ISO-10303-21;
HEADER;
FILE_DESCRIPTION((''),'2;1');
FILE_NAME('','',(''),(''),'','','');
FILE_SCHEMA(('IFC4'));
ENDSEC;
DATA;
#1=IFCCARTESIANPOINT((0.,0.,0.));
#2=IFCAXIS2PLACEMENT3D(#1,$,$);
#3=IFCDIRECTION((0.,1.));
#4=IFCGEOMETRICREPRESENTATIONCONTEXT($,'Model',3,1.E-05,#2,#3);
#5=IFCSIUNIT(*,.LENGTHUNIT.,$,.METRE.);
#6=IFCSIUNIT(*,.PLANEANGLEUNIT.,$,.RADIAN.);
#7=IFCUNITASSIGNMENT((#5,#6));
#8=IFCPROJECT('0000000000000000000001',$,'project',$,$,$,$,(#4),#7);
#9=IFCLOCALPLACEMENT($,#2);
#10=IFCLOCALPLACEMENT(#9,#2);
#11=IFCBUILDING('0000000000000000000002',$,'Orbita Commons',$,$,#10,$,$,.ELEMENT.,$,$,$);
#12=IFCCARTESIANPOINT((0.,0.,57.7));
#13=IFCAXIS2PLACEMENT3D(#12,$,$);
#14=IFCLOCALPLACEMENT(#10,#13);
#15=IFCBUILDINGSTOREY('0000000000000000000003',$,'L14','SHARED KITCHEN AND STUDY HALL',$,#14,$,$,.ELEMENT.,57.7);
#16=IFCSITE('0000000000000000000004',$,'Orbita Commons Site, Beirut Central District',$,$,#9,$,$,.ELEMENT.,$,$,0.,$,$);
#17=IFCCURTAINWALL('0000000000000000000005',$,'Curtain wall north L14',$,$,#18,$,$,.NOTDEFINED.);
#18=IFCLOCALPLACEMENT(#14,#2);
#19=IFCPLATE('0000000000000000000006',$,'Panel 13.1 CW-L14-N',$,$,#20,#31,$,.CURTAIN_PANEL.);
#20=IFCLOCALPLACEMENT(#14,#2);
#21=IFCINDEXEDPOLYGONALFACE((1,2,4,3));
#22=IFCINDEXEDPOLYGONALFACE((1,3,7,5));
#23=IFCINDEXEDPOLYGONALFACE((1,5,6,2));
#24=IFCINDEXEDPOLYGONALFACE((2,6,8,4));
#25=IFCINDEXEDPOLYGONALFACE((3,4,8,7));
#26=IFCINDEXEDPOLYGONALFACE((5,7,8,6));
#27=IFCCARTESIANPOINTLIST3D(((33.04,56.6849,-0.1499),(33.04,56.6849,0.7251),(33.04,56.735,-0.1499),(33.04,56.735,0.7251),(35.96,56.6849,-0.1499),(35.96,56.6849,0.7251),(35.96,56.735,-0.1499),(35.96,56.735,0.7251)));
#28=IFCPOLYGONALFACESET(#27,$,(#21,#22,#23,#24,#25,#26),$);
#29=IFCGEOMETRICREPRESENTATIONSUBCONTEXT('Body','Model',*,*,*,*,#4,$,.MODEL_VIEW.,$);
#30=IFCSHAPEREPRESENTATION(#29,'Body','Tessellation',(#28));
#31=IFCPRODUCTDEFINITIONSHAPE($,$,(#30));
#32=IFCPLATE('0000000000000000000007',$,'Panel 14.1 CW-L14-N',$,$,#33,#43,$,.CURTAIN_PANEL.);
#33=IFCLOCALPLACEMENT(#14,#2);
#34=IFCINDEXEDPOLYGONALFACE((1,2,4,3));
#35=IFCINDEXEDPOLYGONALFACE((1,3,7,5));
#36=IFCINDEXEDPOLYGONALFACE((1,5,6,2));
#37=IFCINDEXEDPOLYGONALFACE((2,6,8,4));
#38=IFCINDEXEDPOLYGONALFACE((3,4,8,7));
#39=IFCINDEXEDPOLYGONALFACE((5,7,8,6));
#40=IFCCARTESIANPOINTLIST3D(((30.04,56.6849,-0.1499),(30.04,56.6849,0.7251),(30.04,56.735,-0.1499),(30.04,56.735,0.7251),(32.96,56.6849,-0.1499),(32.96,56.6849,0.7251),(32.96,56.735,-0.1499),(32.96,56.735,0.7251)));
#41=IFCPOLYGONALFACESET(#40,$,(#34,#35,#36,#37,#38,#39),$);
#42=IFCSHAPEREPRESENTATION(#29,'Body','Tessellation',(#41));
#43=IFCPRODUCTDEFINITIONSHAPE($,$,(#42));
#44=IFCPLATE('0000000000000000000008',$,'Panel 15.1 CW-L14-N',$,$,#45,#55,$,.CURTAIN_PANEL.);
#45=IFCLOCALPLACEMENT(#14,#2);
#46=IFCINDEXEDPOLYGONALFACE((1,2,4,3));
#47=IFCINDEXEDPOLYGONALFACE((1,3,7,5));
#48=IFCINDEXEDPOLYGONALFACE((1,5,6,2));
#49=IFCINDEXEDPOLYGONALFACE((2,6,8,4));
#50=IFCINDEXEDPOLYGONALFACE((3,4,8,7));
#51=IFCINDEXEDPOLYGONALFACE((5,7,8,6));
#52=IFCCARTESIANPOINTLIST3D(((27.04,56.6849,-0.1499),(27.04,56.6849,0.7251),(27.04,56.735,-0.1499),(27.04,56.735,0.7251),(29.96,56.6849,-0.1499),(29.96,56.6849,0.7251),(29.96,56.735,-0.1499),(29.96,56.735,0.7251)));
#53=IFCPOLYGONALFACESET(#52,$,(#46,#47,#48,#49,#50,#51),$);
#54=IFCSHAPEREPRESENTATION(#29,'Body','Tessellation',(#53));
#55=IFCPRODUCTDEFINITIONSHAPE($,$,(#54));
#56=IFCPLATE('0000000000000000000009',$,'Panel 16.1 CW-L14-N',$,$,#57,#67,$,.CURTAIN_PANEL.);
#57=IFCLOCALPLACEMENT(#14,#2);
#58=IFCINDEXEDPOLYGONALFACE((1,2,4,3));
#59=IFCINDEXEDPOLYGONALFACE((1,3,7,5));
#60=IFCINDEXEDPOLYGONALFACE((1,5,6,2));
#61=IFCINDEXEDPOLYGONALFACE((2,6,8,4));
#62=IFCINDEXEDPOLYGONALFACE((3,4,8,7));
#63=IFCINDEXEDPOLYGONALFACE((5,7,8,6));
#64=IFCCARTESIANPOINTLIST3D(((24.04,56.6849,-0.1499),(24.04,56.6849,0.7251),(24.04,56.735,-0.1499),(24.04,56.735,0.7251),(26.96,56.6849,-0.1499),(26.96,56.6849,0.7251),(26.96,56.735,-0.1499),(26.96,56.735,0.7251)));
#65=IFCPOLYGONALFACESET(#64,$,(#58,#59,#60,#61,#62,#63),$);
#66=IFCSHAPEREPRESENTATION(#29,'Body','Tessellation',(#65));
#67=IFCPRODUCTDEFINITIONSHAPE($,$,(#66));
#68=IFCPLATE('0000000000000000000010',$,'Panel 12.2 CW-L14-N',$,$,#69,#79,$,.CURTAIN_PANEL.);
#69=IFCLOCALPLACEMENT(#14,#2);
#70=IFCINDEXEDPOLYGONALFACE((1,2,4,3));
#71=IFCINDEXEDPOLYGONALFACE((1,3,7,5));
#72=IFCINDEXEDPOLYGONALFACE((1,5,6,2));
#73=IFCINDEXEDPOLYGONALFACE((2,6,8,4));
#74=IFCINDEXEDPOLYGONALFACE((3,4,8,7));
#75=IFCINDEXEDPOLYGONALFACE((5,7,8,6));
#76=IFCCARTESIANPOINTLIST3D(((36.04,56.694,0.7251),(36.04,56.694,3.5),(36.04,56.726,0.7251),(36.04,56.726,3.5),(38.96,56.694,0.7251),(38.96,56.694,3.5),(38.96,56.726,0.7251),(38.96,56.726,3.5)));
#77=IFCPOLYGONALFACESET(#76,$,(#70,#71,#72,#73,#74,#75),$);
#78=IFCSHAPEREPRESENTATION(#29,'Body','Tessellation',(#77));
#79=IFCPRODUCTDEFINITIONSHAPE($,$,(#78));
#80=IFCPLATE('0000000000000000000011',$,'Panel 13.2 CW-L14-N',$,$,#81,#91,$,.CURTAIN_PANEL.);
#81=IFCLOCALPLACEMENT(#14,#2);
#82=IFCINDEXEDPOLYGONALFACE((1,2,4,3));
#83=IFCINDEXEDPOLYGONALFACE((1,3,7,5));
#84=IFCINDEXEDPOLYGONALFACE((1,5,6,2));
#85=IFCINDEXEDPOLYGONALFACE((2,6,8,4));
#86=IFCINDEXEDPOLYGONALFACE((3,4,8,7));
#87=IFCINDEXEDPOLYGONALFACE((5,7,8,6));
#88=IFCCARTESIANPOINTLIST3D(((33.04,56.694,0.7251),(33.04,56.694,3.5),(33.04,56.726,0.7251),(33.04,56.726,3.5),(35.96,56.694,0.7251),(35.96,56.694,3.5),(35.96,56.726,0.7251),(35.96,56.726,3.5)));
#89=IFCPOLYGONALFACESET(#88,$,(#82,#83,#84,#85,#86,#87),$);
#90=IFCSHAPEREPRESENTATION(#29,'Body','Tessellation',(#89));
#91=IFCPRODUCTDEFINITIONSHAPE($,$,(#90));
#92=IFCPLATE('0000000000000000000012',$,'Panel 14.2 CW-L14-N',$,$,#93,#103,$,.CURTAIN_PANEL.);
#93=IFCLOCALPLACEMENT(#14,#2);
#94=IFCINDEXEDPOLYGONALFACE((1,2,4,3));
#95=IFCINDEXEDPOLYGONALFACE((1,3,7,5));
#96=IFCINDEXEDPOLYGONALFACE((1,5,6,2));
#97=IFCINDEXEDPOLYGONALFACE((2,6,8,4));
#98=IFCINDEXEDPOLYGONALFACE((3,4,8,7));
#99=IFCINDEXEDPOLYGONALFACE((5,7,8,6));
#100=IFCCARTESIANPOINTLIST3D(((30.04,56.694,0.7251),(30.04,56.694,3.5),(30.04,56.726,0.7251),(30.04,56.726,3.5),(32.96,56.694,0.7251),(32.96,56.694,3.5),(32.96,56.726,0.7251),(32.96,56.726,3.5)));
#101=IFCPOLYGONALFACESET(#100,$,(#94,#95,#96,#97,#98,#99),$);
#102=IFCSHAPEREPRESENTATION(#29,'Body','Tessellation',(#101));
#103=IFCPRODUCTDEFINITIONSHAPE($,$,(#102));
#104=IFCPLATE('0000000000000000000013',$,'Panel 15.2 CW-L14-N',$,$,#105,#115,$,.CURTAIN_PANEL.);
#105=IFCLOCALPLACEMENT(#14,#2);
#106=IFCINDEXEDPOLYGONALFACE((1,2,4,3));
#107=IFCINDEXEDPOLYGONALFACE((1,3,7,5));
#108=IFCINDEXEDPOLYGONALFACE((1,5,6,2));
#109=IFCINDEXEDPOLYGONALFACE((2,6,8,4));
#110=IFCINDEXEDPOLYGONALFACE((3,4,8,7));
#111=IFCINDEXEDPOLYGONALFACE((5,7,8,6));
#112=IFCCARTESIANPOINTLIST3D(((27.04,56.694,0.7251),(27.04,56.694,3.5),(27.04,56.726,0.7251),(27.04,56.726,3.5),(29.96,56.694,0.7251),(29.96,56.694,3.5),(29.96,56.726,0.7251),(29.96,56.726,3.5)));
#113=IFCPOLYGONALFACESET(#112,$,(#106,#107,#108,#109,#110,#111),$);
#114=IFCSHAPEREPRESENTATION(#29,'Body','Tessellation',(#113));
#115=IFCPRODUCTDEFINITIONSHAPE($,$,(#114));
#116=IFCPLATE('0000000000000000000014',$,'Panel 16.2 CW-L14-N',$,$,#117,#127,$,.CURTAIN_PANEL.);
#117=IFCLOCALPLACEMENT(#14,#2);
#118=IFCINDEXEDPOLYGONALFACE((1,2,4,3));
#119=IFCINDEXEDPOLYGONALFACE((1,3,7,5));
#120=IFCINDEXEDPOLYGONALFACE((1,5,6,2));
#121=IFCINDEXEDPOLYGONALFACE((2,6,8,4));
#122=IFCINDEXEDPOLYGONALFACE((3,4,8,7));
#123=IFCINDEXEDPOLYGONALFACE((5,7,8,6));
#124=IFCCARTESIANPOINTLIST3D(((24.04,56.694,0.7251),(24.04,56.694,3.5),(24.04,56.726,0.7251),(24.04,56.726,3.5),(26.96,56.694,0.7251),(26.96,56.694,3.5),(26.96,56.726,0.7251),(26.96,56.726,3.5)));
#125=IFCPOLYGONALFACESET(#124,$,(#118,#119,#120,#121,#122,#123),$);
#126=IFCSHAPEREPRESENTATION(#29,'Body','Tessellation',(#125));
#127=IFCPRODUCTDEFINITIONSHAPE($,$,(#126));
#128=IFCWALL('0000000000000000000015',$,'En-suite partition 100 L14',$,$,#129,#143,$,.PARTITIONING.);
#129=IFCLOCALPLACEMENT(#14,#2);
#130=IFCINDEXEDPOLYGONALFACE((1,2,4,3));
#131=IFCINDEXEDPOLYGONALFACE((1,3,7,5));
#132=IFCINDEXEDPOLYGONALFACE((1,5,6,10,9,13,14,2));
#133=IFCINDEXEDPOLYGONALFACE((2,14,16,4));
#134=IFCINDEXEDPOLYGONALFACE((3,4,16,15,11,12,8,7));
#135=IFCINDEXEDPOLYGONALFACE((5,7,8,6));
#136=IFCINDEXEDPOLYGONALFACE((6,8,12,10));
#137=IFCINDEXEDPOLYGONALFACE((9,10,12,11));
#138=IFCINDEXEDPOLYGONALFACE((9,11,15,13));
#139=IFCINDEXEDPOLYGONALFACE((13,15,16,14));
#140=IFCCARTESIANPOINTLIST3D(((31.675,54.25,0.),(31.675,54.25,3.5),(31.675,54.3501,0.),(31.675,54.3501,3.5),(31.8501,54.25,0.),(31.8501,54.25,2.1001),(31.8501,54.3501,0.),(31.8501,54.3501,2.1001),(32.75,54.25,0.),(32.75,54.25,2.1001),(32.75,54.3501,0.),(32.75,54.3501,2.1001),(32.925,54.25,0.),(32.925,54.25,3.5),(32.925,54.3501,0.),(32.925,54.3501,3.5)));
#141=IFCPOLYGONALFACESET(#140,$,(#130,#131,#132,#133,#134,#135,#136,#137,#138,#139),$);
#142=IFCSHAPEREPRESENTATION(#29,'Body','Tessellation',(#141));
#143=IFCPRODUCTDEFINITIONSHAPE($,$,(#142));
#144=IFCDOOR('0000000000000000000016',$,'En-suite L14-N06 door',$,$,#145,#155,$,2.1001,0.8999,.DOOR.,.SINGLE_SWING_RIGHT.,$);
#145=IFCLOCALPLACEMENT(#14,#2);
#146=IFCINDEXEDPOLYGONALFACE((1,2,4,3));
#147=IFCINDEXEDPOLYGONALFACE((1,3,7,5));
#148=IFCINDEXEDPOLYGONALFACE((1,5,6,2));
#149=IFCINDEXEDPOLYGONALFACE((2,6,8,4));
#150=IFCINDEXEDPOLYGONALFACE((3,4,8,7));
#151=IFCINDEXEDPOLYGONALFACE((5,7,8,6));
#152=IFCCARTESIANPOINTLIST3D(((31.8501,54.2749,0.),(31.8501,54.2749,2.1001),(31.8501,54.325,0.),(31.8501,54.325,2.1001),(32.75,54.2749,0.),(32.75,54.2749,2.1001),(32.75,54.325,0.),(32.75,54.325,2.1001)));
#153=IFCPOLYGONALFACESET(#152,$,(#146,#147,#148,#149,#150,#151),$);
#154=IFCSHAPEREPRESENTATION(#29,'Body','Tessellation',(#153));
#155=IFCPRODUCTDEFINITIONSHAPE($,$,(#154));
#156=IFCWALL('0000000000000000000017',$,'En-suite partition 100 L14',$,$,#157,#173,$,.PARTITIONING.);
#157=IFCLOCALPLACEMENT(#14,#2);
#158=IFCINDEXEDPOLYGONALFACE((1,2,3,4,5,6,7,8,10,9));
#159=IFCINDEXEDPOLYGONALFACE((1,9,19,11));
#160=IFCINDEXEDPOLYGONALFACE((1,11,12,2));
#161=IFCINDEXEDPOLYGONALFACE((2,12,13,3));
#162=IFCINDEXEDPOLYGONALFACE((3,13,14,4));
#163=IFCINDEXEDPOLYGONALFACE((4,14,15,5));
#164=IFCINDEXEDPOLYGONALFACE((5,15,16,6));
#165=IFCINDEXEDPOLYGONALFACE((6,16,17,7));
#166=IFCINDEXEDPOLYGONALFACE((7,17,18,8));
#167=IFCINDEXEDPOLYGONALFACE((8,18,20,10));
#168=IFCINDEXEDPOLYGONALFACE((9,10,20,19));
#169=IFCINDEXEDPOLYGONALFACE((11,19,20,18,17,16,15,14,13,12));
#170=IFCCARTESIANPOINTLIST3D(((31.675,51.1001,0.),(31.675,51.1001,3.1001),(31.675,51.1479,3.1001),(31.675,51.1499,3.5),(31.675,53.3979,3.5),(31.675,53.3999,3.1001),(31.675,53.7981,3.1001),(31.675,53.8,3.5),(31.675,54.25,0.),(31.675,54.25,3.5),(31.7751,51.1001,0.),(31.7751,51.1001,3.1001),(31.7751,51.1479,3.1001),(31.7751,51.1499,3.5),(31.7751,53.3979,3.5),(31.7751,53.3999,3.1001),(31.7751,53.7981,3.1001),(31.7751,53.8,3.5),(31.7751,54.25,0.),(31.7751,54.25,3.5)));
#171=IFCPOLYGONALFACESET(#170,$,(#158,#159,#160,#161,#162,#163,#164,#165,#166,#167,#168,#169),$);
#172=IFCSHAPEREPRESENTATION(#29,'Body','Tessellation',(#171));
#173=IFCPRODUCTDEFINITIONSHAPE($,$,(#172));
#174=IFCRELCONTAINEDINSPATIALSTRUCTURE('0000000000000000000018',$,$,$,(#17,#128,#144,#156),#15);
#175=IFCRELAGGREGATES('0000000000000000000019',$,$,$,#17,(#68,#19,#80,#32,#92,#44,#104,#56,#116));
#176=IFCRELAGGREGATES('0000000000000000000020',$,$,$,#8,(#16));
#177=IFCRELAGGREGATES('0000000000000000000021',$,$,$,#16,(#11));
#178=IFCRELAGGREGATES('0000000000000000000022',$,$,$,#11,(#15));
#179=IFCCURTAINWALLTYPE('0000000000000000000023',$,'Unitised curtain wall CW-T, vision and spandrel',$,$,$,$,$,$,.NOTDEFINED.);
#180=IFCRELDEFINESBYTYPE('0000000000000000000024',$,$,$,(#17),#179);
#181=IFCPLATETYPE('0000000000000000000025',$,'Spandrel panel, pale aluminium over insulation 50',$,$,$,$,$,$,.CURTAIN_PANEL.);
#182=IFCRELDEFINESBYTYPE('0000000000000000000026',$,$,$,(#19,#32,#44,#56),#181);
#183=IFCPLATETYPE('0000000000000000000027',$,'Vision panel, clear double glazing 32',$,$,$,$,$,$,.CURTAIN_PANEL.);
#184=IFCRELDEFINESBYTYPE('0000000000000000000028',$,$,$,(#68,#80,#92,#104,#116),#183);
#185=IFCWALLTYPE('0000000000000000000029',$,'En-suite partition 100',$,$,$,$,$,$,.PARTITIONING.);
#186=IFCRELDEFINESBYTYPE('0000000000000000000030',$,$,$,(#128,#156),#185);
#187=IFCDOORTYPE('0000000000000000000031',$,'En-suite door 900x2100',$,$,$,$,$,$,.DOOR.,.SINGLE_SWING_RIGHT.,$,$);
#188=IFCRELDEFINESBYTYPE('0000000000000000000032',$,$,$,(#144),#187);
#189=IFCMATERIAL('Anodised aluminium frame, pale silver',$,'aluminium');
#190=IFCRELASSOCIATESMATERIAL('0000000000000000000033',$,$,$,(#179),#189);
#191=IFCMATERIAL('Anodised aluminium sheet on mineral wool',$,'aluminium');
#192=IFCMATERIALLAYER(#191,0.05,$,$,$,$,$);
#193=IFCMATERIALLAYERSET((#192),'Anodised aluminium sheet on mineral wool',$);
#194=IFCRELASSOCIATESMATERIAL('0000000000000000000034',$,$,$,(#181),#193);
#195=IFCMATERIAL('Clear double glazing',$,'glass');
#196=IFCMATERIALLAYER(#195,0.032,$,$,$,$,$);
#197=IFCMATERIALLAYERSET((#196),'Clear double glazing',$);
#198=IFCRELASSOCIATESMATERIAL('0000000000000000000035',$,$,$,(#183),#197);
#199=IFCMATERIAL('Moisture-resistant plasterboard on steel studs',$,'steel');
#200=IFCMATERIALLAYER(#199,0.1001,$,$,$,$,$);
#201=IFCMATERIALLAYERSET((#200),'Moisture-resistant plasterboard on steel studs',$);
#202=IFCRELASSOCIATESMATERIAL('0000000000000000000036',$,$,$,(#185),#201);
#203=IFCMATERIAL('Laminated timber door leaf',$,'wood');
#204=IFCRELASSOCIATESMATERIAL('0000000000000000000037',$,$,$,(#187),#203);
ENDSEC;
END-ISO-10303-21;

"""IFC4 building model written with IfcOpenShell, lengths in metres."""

from ifc_helpers import new_model, si_unit, direction, frame, frame_2d, origin, origin_2d, place, context, subcontext, project, spatial, polyline, rectangle, outline, extrude, material, layer, layer_set, type_object, element, fill, aggregate, save


model = new_model("IFC4")

# Units and contexts
model_context = context("Model", 3, precision=1e-05, world=origin(), true_north=direction((0.0, 1.0)))
body_context = subcontext(model_context, "Body", "Model", "MODEL_VIEW")
ifc_project = project(units=[si_unit("LENGTHUNIT", "METRE"), si_unit("PLANEANGLEUNIT", "RADIAN")], contexts=[model_context])

# Site, building, storey
site_placement = place(None, origin())
site = spatial("IfcSite", under=ifc_project, at=site_placement, Name="Orbita Commons Site, Beirut Central District", CompositionType="ELEMENT", RefElevation=0.0)
building_placement = place(site_placement, origin())
building = spatial("IfcBuilding", under=site, at=building_placement, Name="Orbita Commons", CompositionType="ELEMENT")
storey_placement = place(building_placement, frame((0.0, 0.0, 57.7)))
storey = spatial("IfcBuildingStorey", under=building, at=storey_placement, Name="L14", Description="SHARED KITCHEN AND STUDY HALL", CompositionType="ELEMENT", Elevation=57.7)

# Curtain wall, plates
ifc_material_1 = material(Name="Anodised aluminium frame, pale silver", Category="aluminium")
curtain_wall_type = type_object("IfcCurtainWallType", Name="Unitised curtain wall CW-T, vision and spandrel", PredefinedType="NOTDEFINED", material=ifc_material_1)
curtain_wall_placement = place(storey_placement, origin())
curtain_wall = element("IfcCurtainWall", 1, at=curtain_wall_placement, inside=storey, type_object=curtain_wall_type, Name="Curtain wall north L14", PredefinedType="NOTDEFINED")
ifc_material_2 = material(Name="Anodised aluminium sheet on mineral wool", Category="aluminium")
ifc_layer_1 = layer(ifc_material_2, 0.05)
ifc_layer_set_1 = layer_set([ifc_layer_1], Name="Anodised aluminium sheet on mineral wool")
plate_type_1 = type_object("IfcPlateType", Name="Spandrel panel, pale aluminium over insulation 50", PredefinedType="CURTAIN_PANEL", material=ifc_layer_set_1)
plate_1_placement = place(storey_placement, frame((34.5, 56.71, -0.1499), z_axis=(0.0, 0.0, 1.0), x_axis=(-1.0, 0.0, 0.0)))
plate_1 = element("IfcPlate", 2, at=plate_1_placement, type_object=plate_type_1, Name="Panel 13.1 CW-L14-N", PredefinedType="CURTAIN_PANEL", context=body_context, shape_type="SweptSolid", body=[
    extrude(rectangle(XDim=2.9199, YDim=0.05, at=origin_2d()), origin(), (0.0, 0.0, 1.0), 0.875),
])
plate_2_placement = place(storey_placement, frame((31.5, 56.71, -0.1499), z_axis=(0.0, 0.0, 1.0), x_axis=(-1.0, 0.0, 0.0)))
plate_2 = element("IfcPlate", 3, at=plate_2_placement, type_object=plate_type_1, Name="Panel 14.1 CW-L14-N", PredefinedType="CURTAIN_PANEL", context=body_context, shape_type="SweptSolid", body=[
    extrude(rectangle(XDim=2.9199, YDim=0.05, at=origin_2d()), origin(), (0.0, 0.0, 1.0), 0.875),
])
plate_3_placement = place(storey_placement, frame((28.5, 56.71, -0.1499), z_axis=(0.0, 0.0, 1.0), x_axis=(-1.0, 0.0, 0.0)))
plate_3 = element("IfcPlate", 4, at=plate_3_placement, type_object=plate_type_1, Name="Panel 15.1 CW-L14-N", PredefinedType="CURTAIN_PANEL", context=body_context, shape_type="SweptSolid", body=[
    extrude(rectangle(XDim=2.9199, YDim=0.05, at=origin_2d()), origin(), (0.0, 0.0, 1.0), 0.875),
])
plate_4_placement = place(storey_placement, frame((25.5, 56.71, -0.1499), z_axis=(0.0, 0.0, 1.0), x_axis=(-1.0, 0.0, 0.0)))
plate_4 = element("IfcPlate", 5, at=plate_4_placement, type_object=plate_type_1, Name="Panel 16.1 CW-L14-N", PredefinedType="CURTAIN_PANEL", context=body_context, shape_type="SweptSolid", body=[
    extrude(rectangle(XDim=2.9199, YDim=0.05, at=origin_2d()), origin(), (0.0, 0.0, 1.0), 0.875),
])
ifc_material_3 = material(Name="Clear double glazing", Category="glass")
ifc_layer_2 = layer(ifc_material_3, 0.032)
ifc_layer_set_2 = layer_set([ifc_layer_2], Name="Clear double glazing")
plate_type_2 = type_object("IfcPlateType", Name="Vision panel, clear double glazing 32", PredefinedType="CURTAIN_PANEL", material=ifc_layer_set_2)
plate_5_placement = place(storey_placement, frame((37.5, 56.71, 0.7251), z_axis=(0.0, 0.0, 1.0), x_axis=(-1.0, 0.0, 0.0)))
plate_5 = element("IfcPlate", 6, at=plate_5_placement, type_object=plate_type_2, Name="Panel 12.2 CW-L14-N", PredefinedType="CURTAIN_PANEL", context=body_context, shape_type="SweptSolid", body=[
    extrude(rectangle(XDim=2.9199, YDim=0.032, at=origin_2d()), origin(), (0.0, 0.0, 1.0), 2.7749),
])
plate_6_placement = place(storey_placement, frame((34.5, 56.71, 0.7251), z_axis=(0.0, 0.0, 1.0), x_axis=(-1.0, 0.0, 0.0)))
plate_6 = element("IfcPlate", 7, at=plate_6_placement, type_object=plate_type_2, Name="Panel 13.2 CW-L14-N", PredefinedType="CURTAIN_PANEL", context=body_context, shape_type="SweptSolid", body=[
    extrude(rectangle(XDim=2.9199, YDim=0.032, at=origin_2d()), origin(), (0.0, 0.0, 1.0), 2.7749),
])
plate_7_placement = place(storey_placement, frame((31.5, 56.71, 0.7251), z_axis=(0.0, 0.0, 1.0), x_axis=(-1.0, 0.0, 0.0)))
plate_7 = element("IfcPlate", 8, at=plate_7_placement, type_object=plate_type_2, Name="Panel 14.2 CW-L14-N", PredefinedType="CURTAIN_PANEL", context=body_context, shape_type="SweptSolid", body=[
    extrude(rectangle(XDim=2.9199, YDim=0.032, at=origin_2d()), origin(), (0.0, 0.0, 1.0), 2.7749),
])
plate_8_placement = place(storey_placement, frame((28.5, 56.71, 0.7251), z_axis=(0.0, 0.0, 1.0), x_axis=(-1.0, 0.0, 0.0)))
plate_8 = element("IfcPlate", 9, at=plate_8_placement, type_object=plate_type_2, Name="Panel 15.2 CW-L14-N", PredefinedType="CURTAIN_PANEL", context=body_context, shape_type="SweptSolid", body=[
    extrude(rectangle(XDim=2.9199, YDim=0.032, at=origin_2d()), origin(), (0.0, 0.0, 1.0), 2.7749),
])
plate_9_placement = place(storey_placement, frame((25.5, 56.71, 0.7251), z_axis=(0.0, 0.0, 1.0), x_axis=(-1.0, 0.0, 0.0)))
plate_9 = element("IfcPlate", 10, at=plate_9_placement, type_object=plate_type_2, Name="Panel 16.2 CW-L14-N", PredefinedType="CURTAIN_PANEL", context=body_context, shape_type="SweptSolid", body=[
    extrude(rectangle(XDim=2.9199, YDim=0.032, at=origin_2d()), origin(), (0.0, 0.0, 1.0), 2.7749),
])
aggregate(curtain_wall, [plate_5, plate_1, plate_6, plate_2, plate_7, plate_3, plate_8, plate_4, plate_9])

# Wall, opening, door
ifc_material_4 = material(Name="Moisture-resistant plasterboard on steel studs", Category="steel")
ifc_layer_3 = layer(ifc_material_4, 0.1001)
ifc_layer_set_3 = layer_set([ifc_layer_3], Name="Moisture-resistant plasterboard on steel studs")
wall_type_1 = type_object("IfcWallType", Name="En-suite partition 100", PredefinedType="PARTITIONING", material=ifc_layer_set_3)
wall_1_placement = place(storey_placement, frame((31.675, 54.3, 0.0), z_axis=(0.0, 0.0, 1.0), x_axis=(1.0, 0.0, 0.0)))
wall_1 = element("IfcWall", 11, at=wall_1_placement, inside=storey, type_object=wall_type_1, Name="En-suite partition 100 L14", PredefinedType="PARTITIONING", context=body_context, shape_type="SweptSolid", body=[
    extrude(rectangle(XDim=1.25, YDim=0.1001, at=frame_2d((0.625, 0.0))), origin(), (0.0, 0.0, 1.0), 3.5),
])
opening_1_placement = place(wall_1_placement, frame((0.175, 0.0, 0.0)))
opening_1 = element("IfcOpeningElement", 12, at=opening_1_placement, cuts=wall_1, PredefinedType="OPENING", context=body_context, shape_type="SweptSolid", body=[
    extrude(rectangle(XDim=0.8999, YDim=2.1001, at=frame_2d((0.45, 1.05))), frame((0.0, 0.0601, 0.0), z_axis=(0.0, -1.0, 0.0), x_axis=(1.0, 0.0, 0.0)), (0.0, 0.0, 1.0), 0.1201),
])
ifc_material_5 = material(Name="Laminated timber door leaf", Category="wood")
door_type = type_object("IfcDoorType", Name="En-suite door 900x2100", OperationType="SINGLE_SWING_RIGHT", PredefinedType="DOOR", material=ifc_material_5)
door_1_placement = place(opening_1_placement, origin())
door_1 = element("IfcDoor", 13, at=door_1_placement, inside=storey, type_object=door_type, Name="En-suite L14-N06 door", OperationType="SINGLE_SWING_RIGHT", OverallHeight=2.1001, OverallWidth=0.8999, PredefinedType="DOOR", context=body_context, shape_type="SweptSolid", body=[
    extrude(rectangle(XDim=0.8999, YDim=2.1001, at=frame_2d((0.45, 1.05))), frame((0.0, 0.0249, 0.0), z_axis=(0.0, -1.0, 0.0), x_axis=(1.0, 0.0, 0.0)), (0.0, 0.0, 1.0), 0.05),
])
fill(opening_1, door_1)

# Wall
wall_2_placement = place(storey_placement, frame((31.7251, 54.25, 0.0), z_axis=(0.0, 0.0, 1.0), x_axis=(0.0, -1.0, 0.0)))
element("IfcWall", 14, at=wall_2_placement, inside=storey, type_object=wall_type_1, Name="En-suite partition 100 L14", PredefinedType="PARTITIONING", context=body_context, shape_type="SweptSolid", body=[
    extrude(outline(polyline([(0.0, 0.0), (3.1499, 0.0), (3.1499, 3.1001), (3.1021, 3.1001), (3.1001, 3.5), (0.8521, 3.5), (0.8501, 3.1001), (0.4519, 3.1001), (0.45, 3.5), (0.0, 3.5), (0.0, 0.0)])), frame((0.0, 0.05, 0.0), z_axis=(0.0, -1.0, 0.0), x_axis=(1.0, 0.0, 0.0)), (0.0, 0.0, 1.0), 0.1001),
])

save(model, "model.ifc")
